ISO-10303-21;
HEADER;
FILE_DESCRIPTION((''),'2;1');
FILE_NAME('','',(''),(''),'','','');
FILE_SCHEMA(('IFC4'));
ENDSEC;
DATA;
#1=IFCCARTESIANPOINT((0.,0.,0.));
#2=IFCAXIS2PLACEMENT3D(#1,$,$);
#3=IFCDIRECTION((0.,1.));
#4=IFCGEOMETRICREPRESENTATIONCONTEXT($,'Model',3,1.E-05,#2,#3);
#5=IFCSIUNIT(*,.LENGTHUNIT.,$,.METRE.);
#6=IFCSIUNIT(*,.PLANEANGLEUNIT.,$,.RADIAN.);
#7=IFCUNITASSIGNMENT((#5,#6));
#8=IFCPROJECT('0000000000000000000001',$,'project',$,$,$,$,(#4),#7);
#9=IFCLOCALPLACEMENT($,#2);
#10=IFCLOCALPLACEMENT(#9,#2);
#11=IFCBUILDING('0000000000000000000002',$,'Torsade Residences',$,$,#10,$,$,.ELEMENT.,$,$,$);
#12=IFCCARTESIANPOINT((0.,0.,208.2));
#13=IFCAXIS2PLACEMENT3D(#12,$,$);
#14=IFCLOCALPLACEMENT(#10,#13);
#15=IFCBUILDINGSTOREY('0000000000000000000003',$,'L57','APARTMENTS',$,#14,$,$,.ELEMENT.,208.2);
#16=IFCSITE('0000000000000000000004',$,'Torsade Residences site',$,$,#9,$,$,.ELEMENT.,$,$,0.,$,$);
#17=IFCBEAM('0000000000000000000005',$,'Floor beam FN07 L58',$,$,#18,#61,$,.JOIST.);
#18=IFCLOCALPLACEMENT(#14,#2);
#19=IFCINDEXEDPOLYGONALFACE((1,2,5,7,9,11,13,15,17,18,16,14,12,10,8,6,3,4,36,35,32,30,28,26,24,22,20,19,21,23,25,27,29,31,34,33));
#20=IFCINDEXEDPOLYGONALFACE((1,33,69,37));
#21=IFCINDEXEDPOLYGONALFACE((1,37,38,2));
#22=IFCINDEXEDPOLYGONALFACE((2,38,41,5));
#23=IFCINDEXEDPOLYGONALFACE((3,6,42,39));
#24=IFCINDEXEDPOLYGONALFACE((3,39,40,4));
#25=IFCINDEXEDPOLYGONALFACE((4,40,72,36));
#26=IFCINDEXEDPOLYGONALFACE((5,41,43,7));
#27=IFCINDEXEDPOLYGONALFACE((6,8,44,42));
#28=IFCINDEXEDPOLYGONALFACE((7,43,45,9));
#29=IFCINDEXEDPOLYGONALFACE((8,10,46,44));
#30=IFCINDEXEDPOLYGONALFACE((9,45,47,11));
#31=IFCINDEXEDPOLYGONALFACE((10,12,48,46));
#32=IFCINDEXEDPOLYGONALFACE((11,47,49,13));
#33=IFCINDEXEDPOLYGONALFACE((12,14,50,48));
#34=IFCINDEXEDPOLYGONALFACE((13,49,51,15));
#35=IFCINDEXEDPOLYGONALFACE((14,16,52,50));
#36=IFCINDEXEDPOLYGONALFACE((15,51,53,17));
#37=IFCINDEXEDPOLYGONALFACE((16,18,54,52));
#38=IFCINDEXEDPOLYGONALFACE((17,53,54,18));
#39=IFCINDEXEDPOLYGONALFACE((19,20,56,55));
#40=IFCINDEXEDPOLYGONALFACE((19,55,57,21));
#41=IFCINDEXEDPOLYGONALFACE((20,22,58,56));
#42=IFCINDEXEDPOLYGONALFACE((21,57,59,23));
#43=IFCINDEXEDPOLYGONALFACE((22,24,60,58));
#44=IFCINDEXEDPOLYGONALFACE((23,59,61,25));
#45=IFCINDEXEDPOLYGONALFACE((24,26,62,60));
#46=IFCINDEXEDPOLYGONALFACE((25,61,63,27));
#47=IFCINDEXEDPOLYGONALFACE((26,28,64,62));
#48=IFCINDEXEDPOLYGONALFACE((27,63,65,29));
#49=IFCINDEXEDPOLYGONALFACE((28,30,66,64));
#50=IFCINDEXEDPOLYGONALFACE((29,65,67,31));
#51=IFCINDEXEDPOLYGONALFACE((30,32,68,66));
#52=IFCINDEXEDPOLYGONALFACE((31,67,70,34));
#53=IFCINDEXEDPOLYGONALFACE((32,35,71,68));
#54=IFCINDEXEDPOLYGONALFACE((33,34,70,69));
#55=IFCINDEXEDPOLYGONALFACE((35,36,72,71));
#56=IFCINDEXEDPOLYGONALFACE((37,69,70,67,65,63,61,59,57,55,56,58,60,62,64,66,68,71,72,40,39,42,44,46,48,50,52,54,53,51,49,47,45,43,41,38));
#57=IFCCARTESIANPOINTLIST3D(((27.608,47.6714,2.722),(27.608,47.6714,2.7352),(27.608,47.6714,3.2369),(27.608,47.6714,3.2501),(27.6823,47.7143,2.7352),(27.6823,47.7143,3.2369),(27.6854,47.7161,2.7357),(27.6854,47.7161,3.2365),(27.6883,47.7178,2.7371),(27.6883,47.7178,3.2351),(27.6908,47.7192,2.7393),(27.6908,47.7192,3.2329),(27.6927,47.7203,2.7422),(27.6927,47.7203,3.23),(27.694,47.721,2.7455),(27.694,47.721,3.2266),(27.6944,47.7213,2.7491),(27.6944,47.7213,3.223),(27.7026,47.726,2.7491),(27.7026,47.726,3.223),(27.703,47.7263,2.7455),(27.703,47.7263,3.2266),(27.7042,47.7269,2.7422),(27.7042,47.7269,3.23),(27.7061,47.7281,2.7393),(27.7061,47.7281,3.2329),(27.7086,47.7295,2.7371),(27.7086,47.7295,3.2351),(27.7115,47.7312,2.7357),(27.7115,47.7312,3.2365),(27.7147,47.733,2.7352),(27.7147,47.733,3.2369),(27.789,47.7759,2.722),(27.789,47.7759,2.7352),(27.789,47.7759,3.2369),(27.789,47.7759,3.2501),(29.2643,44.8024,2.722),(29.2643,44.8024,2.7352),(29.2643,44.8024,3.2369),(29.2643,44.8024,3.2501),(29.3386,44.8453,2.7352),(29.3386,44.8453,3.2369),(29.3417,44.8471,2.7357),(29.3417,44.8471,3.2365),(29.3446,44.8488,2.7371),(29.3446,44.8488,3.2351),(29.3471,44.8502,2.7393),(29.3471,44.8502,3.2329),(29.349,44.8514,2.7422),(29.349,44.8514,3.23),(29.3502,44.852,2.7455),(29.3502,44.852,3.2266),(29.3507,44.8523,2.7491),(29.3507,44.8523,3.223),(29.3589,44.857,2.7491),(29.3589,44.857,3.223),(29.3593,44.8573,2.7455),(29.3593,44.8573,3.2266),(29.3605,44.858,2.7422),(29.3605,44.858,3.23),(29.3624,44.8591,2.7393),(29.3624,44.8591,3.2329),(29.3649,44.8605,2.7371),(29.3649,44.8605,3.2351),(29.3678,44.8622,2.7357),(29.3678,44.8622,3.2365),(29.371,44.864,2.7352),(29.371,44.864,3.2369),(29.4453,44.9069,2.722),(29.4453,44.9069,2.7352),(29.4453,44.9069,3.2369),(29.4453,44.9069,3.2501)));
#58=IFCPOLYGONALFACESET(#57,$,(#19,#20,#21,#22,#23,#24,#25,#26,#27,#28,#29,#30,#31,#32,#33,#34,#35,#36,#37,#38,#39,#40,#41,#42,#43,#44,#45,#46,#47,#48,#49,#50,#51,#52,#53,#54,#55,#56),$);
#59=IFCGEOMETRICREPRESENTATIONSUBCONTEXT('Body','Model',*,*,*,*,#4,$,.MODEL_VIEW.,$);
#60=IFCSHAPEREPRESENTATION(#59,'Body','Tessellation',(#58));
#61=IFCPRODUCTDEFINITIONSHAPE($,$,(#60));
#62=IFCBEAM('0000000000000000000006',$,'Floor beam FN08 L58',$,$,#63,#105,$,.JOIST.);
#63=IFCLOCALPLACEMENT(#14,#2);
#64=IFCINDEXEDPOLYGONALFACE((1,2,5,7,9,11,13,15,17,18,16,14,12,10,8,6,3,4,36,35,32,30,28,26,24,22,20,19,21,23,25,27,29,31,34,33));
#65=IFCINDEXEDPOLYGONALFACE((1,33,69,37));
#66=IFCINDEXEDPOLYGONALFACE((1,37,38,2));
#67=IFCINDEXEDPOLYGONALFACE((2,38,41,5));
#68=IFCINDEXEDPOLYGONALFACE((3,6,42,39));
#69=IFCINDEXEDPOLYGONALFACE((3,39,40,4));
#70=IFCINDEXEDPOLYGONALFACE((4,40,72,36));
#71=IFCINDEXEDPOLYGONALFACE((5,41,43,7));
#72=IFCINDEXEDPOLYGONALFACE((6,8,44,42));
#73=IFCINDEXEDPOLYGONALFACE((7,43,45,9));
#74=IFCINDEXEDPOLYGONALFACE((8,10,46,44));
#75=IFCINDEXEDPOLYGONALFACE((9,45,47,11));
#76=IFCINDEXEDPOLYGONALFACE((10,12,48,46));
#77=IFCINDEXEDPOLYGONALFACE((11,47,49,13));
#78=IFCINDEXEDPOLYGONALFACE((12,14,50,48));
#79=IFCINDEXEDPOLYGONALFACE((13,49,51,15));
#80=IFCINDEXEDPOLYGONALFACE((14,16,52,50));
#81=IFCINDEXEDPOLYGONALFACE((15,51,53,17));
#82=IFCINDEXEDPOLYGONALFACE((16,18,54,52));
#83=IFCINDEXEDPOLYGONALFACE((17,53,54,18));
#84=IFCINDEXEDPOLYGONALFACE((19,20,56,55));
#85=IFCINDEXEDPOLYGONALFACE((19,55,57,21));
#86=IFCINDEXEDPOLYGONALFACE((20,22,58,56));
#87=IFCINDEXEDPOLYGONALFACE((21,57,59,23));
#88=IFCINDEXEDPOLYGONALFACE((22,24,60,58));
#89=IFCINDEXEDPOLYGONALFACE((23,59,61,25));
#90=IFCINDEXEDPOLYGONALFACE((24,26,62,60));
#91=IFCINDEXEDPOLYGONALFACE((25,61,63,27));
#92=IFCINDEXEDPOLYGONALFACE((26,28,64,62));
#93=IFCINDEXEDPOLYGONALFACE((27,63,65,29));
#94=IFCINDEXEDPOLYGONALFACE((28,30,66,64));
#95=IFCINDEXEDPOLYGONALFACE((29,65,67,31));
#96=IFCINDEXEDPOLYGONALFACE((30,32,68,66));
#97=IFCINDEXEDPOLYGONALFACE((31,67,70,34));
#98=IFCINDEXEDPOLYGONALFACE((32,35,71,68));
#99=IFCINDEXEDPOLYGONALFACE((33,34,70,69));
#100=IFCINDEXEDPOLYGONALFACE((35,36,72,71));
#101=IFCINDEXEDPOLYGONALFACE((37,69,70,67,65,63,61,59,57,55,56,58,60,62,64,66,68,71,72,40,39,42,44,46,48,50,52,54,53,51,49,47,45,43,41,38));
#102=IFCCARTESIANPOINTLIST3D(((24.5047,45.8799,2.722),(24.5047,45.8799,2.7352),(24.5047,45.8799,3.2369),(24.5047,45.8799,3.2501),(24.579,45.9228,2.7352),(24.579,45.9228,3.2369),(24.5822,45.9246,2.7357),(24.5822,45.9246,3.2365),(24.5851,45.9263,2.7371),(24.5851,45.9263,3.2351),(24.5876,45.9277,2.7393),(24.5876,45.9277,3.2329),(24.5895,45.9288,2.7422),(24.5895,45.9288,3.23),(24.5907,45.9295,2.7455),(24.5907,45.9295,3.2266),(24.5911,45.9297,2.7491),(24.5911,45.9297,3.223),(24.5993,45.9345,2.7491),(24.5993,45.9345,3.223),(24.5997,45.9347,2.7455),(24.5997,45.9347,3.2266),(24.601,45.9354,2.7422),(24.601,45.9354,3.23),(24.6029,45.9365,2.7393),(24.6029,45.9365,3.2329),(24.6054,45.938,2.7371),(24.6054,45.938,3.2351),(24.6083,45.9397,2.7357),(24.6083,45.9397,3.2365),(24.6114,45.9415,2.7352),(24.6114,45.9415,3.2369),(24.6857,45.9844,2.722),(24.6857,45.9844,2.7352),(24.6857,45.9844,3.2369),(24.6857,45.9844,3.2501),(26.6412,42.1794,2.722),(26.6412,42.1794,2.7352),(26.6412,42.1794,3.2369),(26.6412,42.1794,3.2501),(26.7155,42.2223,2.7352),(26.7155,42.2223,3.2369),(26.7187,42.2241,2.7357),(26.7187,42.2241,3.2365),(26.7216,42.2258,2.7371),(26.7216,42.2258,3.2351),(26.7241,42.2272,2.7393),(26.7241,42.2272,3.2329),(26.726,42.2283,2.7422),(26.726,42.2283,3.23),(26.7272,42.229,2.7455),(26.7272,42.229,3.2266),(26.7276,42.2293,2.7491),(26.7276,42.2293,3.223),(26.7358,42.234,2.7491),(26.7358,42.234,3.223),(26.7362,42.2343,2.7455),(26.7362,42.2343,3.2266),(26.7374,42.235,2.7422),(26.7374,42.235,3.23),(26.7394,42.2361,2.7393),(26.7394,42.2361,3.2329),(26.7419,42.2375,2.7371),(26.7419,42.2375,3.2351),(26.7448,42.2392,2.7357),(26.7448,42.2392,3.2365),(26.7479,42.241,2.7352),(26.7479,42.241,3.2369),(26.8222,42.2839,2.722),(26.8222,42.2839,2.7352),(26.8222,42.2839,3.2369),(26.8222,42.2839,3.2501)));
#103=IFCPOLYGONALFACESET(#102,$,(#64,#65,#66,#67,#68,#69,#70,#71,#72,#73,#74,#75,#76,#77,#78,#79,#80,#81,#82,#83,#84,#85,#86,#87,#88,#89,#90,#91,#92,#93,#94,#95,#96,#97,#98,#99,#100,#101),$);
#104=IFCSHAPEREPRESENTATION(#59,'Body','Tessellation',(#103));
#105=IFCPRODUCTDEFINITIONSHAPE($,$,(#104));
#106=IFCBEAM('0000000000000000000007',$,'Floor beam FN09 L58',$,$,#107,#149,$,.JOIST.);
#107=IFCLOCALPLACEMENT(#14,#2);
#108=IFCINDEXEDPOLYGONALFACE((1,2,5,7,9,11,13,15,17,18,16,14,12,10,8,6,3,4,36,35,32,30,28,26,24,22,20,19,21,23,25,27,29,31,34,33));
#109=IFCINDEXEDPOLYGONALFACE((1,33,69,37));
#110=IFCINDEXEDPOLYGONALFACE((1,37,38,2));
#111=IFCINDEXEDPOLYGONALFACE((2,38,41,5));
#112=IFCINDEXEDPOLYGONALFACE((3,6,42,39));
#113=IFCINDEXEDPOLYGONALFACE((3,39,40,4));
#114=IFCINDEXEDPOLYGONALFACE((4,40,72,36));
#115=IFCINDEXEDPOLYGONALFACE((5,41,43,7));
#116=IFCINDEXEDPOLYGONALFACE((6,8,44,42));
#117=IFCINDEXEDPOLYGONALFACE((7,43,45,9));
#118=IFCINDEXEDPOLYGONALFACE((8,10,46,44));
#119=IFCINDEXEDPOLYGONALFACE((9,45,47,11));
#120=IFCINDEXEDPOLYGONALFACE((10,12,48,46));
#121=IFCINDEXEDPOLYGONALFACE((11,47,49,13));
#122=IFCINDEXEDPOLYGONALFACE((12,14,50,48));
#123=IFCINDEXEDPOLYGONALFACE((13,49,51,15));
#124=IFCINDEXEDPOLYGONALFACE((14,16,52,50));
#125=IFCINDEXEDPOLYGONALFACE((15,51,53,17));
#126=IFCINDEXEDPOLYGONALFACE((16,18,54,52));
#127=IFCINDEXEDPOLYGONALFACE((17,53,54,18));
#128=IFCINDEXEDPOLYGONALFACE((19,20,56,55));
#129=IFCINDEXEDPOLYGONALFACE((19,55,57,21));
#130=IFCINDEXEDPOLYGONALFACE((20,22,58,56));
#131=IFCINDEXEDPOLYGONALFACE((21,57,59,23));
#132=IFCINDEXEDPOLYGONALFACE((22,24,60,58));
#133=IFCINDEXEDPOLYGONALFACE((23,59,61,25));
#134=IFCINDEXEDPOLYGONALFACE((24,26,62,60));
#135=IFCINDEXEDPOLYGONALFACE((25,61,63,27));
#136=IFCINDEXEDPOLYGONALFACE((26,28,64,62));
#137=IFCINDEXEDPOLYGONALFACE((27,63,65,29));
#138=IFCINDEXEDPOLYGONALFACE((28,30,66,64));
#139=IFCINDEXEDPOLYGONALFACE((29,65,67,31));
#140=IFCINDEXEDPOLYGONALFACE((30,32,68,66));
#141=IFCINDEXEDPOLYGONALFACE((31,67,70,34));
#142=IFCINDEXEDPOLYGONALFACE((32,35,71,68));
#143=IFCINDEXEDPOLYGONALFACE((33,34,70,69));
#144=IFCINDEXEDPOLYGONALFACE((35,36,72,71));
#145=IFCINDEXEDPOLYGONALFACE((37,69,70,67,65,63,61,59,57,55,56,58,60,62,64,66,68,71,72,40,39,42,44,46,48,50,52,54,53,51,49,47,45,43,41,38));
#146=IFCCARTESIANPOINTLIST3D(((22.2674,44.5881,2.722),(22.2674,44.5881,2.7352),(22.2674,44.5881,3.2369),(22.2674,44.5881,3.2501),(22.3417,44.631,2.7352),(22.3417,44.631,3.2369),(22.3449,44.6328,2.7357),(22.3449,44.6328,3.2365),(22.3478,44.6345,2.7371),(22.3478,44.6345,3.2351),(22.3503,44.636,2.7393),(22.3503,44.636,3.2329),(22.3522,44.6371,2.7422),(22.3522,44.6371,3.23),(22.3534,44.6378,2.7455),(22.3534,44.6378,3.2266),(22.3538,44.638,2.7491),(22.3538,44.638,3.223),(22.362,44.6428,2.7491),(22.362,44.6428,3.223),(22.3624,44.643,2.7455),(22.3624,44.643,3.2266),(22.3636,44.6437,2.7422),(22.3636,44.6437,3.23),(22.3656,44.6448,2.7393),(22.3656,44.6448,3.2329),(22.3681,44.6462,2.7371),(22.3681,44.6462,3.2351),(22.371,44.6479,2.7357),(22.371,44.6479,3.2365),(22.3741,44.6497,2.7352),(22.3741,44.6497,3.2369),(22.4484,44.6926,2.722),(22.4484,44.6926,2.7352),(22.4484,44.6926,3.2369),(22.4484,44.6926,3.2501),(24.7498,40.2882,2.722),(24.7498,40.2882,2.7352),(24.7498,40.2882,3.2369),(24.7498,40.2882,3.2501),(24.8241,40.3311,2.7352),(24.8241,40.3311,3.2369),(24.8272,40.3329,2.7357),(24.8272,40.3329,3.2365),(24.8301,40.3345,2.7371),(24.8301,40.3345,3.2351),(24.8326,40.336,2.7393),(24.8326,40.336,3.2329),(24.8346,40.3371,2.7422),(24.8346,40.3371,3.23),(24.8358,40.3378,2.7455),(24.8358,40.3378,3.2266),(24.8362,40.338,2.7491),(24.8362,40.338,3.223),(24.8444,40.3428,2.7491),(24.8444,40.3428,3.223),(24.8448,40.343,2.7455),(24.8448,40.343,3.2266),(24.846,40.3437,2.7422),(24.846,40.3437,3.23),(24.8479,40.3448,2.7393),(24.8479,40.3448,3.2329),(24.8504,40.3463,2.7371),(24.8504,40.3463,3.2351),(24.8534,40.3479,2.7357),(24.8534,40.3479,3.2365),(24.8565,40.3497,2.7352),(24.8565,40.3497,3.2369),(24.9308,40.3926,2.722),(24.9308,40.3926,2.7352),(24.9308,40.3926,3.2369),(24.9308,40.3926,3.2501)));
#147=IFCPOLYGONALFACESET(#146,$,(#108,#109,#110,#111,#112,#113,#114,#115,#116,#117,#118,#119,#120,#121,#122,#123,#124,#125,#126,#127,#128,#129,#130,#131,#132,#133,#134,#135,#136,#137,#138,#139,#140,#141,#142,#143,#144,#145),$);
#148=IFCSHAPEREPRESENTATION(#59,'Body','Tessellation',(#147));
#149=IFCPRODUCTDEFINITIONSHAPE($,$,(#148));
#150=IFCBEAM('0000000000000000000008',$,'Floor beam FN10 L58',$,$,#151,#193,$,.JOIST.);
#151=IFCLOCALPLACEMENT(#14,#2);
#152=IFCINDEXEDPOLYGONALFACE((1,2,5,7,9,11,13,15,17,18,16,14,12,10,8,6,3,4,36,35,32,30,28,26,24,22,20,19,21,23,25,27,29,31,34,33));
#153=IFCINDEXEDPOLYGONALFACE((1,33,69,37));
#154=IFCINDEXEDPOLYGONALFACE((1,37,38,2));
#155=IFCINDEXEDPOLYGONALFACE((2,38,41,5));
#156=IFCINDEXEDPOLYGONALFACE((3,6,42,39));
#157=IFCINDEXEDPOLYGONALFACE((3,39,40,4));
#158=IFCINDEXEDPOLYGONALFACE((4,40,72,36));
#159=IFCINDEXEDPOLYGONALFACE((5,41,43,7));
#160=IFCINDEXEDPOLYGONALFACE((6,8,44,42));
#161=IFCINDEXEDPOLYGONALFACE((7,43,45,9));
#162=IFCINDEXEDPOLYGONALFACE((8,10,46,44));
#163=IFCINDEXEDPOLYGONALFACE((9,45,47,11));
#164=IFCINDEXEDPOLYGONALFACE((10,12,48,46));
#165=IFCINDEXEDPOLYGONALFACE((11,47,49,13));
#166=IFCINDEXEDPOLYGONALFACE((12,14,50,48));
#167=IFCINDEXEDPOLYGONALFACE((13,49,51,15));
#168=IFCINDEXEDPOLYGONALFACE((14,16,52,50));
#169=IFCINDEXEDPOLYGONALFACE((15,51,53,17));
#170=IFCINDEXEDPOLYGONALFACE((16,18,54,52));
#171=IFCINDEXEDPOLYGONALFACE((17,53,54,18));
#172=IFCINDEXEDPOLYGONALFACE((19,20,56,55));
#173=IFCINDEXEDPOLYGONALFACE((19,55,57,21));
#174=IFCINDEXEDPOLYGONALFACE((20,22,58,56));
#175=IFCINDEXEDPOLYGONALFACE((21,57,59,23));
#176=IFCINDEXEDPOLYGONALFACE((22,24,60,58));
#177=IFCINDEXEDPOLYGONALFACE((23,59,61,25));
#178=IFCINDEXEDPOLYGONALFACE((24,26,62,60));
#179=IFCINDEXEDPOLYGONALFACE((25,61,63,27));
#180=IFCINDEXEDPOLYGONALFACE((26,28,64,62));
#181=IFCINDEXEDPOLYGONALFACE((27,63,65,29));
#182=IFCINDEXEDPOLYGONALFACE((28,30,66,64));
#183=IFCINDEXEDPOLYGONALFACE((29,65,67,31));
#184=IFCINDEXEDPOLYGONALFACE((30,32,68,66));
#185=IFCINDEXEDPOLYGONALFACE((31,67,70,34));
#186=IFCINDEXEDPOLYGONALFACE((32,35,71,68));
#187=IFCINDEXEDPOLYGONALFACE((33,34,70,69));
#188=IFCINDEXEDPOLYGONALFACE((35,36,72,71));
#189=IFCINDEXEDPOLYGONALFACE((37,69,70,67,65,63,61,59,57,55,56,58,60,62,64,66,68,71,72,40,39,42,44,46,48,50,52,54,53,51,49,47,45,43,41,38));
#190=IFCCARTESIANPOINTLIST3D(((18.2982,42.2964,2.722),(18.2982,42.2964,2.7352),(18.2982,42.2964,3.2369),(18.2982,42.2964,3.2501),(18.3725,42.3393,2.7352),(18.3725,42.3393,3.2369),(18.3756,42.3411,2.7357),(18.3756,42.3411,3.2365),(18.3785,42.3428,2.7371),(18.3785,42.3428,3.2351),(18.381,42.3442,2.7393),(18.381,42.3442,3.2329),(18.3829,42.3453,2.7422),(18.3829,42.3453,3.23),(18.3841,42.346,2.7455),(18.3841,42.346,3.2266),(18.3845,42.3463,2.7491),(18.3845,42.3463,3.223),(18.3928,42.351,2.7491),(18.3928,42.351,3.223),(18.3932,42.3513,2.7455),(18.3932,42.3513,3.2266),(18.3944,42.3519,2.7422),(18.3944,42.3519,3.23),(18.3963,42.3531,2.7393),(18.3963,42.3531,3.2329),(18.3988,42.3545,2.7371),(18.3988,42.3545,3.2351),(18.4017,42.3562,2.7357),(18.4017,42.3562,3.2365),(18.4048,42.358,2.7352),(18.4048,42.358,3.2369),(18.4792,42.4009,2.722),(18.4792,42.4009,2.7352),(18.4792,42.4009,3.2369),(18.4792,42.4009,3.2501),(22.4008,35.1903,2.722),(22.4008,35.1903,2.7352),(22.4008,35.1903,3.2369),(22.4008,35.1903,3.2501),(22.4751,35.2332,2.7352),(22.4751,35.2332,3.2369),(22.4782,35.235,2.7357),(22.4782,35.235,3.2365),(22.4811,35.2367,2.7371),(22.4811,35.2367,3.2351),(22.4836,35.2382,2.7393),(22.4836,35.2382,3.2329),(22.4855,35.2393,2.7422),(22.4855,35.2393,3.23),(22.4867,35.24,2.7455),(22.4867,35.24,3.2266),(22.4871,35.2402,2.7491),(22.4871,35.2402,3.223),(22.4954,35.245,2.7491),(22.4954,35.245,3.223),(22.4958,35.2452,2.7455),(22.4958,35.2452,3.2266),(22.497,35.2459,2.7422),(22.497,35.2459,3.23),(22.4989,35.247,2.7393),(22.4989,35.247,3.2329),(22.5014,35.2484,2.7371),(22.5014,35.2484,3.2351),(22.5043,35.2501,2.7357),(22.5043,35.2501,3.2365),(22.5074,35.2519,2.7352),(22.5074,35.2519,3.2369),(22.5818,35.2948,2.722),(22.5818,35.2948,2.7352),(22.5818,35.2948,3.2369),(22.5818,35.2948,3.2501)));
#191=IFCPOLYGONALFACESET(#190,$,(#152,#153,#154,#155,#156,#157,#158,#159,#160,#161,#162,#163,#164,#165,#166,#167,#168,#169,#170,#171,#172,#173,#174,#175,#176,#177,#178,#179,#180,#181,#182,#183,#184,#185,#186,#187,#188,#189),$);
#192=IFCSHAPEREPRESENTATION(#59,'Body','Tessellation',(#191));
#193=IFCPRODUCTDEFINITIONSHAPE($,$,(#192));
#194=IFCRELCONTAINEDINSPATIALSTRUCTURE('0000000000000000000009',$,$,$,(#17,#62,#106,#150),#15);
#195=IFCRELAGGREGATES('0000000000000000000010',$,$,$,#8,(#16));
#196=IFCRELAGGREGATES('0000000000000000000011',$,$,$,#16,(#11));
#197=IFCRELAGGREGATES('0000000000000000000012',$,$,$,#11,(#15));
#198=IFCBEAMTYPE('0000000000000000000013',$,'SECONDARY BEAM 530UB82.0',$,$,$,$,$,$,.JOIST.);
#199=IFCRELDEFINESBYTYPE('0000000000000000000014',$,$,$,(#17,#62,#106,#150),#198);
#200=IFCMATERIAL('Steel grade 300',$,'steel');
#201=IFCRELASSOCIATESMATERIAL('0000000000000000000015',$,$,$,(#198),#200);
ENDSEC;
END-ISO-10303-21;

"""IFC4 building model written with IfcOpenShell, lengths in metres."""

from ifc_helpers import new_model, si_unit, direction, frame, origin, origin_2d, place, context, subcontext, project, spatial, i_section, extrude, material, material_profile, profile_set, type_object, element, save


model = new_model("IFC4")

# Units and contexts
model_context = context("Model", 3, precision=1e-05, world=origin(), true_north=direction((0.0, 1.0)))
body_context = subcontext(model_context, "Body", "Model", "MODEL_VIEW")
ifc_project = project(units=[si_unit("LENGTHUNIT", "METRE"), si_unit("PLANEANGLEUNIT", "RADIAN")], contexts=[model_context])

# Site, building, storey
site_placement = place(None, origin())
site = spatial("IfcSite", under=ifc_project, at=site_placement, Name="Torsade Residences site", CompositionType="ELEMENT", RefElevation=0.0)
building_placement = place(site_placement, origin())
building = spatial("IfcBuilding", under=site, at=building_placement, Name="Torsade Residences", CompositionType="ELEMENT")
storey_placement = place(building_placement, frame((0.0, 0.0, 208.2)))
storey = spatial("IfcBuildingStorey", under=building, at=storey_placement, Name="L57", Description="APARTMENTS", CompositionType="ELEMENT", Elevation=208.2)

# Beams
ifc_material_1 = material(Name="Steel grade 300", Category="steel")
ifc_material_profile_1 = material_profile(ifc_material_1, i_section(OverallWidth=0.209, OverallDepth=0.5281, WebThickness=0.0095, FlangeThickness=0.0132, FilletRadius=0.0139, at=origin_2d()), Name="530UB82.0")
ifc_profile_set_1 = profile_set([ifc_material_profile_1], Name="Steel grade 300")
beam_type_1 = type_object("IfcBeamType", Name="SECONDARY BEAM 530UB82.0", PredefinedType="JOIST", material=ifc_profile_set_1)
beam_1_placement = place(storey_placement, frame((27.6985, 47.7236, 2.9861), z_axis=(0.499976, -0.86604, 0.0), x_axis=(0.86604, 0.499976, 0.0)))
element("IfcBeam", 1, at=beam_1_placement, inside=storey, type_object=beam_type_1, Name="Floor beam FN07 L58", PredefinedType="JOIST", context=body_context, shape_type="SweptSolid", body=[
    extrude(i_section(OverallWidth=0.209, OverallDepth=0.5281, WebThickness=0.0095, FlangeThickness=0.0132, FilletRadius=0.0139, at=origin_2d()), origin(), (0.0, 0.0, 1.0), 3.3127),
])
beam_2_placement = place(storey_placement, frame((24.5952, 45.9321, 2.9861), z_axis=(0.500004, -0.866023, 0.0), x_axis=(0.866023, 0.500004, 0.0)))
element("IfcBeam", 2, at=beam_2_placement, inside=storey, type_object=beam_type_1, Name="Floor beam FN08 L58", PredefinedType="JOIST", context=body_context, shape_type="SweptSolid", body=[
    extrude(i_section(OverallWidth=0.209, OverallDepth=0.5281, WebThickness=0.0095, FlangeThickness=0.0132, FilletRadius=0.0139, at=origin_2d()), origin(), (0.0, 0.0, 1.0), 4.2729),
])
beam_3_placement = place(storey_placement, frame((22.3579, 44.6404, 2.9861), z_axis=(0.499968, -0.866044, 0.0), x_axis=(0.866044, 0.499968, 0.0)))
element("IfcBeam", 3, at=beam_3_placement, inside=storey, type_object=beam_type_1, Name="Floor beam FN09 L58", PredefinedType="JOIST", context=body_context, shape_type="SweptSolid", body=[
    extrude(i_section(OverallWidth=0.209, OverallDepth=0.5281, WebThickness=0.0095, FlangeThickness=0.0132, FilletRadius=0.0139, at=origin_2d()), origin(), (0.0, 0.0, 1.0), 4.9651),
])
beam_4_placement = place(storey_placement, frame((18.3887, 42.3486, 2.9861), z_axis=(0.499992, -0.86603, 0.0), x_axis=(0.86603, 0.499992, 0.0)))
element("IfcBeam", 4, at=beam_4_placement, inside=storey, type_object=beam_type_1, Name="Floor beam FN10 L58", PredefinedType="JOIST", context=body_context, shape_type="SweptSolid", body=[
    extrude(i_section(OverallWidth=0.209, OverallDepth=0.5281, WebThickness=0.0095, FlangeThickness=0.0132, FilletRadius=0.0139, at=origin_2d()), origin(), (0.0, 0.0, 1.0), 8.2053),
])

save(model, "model.ifc")
